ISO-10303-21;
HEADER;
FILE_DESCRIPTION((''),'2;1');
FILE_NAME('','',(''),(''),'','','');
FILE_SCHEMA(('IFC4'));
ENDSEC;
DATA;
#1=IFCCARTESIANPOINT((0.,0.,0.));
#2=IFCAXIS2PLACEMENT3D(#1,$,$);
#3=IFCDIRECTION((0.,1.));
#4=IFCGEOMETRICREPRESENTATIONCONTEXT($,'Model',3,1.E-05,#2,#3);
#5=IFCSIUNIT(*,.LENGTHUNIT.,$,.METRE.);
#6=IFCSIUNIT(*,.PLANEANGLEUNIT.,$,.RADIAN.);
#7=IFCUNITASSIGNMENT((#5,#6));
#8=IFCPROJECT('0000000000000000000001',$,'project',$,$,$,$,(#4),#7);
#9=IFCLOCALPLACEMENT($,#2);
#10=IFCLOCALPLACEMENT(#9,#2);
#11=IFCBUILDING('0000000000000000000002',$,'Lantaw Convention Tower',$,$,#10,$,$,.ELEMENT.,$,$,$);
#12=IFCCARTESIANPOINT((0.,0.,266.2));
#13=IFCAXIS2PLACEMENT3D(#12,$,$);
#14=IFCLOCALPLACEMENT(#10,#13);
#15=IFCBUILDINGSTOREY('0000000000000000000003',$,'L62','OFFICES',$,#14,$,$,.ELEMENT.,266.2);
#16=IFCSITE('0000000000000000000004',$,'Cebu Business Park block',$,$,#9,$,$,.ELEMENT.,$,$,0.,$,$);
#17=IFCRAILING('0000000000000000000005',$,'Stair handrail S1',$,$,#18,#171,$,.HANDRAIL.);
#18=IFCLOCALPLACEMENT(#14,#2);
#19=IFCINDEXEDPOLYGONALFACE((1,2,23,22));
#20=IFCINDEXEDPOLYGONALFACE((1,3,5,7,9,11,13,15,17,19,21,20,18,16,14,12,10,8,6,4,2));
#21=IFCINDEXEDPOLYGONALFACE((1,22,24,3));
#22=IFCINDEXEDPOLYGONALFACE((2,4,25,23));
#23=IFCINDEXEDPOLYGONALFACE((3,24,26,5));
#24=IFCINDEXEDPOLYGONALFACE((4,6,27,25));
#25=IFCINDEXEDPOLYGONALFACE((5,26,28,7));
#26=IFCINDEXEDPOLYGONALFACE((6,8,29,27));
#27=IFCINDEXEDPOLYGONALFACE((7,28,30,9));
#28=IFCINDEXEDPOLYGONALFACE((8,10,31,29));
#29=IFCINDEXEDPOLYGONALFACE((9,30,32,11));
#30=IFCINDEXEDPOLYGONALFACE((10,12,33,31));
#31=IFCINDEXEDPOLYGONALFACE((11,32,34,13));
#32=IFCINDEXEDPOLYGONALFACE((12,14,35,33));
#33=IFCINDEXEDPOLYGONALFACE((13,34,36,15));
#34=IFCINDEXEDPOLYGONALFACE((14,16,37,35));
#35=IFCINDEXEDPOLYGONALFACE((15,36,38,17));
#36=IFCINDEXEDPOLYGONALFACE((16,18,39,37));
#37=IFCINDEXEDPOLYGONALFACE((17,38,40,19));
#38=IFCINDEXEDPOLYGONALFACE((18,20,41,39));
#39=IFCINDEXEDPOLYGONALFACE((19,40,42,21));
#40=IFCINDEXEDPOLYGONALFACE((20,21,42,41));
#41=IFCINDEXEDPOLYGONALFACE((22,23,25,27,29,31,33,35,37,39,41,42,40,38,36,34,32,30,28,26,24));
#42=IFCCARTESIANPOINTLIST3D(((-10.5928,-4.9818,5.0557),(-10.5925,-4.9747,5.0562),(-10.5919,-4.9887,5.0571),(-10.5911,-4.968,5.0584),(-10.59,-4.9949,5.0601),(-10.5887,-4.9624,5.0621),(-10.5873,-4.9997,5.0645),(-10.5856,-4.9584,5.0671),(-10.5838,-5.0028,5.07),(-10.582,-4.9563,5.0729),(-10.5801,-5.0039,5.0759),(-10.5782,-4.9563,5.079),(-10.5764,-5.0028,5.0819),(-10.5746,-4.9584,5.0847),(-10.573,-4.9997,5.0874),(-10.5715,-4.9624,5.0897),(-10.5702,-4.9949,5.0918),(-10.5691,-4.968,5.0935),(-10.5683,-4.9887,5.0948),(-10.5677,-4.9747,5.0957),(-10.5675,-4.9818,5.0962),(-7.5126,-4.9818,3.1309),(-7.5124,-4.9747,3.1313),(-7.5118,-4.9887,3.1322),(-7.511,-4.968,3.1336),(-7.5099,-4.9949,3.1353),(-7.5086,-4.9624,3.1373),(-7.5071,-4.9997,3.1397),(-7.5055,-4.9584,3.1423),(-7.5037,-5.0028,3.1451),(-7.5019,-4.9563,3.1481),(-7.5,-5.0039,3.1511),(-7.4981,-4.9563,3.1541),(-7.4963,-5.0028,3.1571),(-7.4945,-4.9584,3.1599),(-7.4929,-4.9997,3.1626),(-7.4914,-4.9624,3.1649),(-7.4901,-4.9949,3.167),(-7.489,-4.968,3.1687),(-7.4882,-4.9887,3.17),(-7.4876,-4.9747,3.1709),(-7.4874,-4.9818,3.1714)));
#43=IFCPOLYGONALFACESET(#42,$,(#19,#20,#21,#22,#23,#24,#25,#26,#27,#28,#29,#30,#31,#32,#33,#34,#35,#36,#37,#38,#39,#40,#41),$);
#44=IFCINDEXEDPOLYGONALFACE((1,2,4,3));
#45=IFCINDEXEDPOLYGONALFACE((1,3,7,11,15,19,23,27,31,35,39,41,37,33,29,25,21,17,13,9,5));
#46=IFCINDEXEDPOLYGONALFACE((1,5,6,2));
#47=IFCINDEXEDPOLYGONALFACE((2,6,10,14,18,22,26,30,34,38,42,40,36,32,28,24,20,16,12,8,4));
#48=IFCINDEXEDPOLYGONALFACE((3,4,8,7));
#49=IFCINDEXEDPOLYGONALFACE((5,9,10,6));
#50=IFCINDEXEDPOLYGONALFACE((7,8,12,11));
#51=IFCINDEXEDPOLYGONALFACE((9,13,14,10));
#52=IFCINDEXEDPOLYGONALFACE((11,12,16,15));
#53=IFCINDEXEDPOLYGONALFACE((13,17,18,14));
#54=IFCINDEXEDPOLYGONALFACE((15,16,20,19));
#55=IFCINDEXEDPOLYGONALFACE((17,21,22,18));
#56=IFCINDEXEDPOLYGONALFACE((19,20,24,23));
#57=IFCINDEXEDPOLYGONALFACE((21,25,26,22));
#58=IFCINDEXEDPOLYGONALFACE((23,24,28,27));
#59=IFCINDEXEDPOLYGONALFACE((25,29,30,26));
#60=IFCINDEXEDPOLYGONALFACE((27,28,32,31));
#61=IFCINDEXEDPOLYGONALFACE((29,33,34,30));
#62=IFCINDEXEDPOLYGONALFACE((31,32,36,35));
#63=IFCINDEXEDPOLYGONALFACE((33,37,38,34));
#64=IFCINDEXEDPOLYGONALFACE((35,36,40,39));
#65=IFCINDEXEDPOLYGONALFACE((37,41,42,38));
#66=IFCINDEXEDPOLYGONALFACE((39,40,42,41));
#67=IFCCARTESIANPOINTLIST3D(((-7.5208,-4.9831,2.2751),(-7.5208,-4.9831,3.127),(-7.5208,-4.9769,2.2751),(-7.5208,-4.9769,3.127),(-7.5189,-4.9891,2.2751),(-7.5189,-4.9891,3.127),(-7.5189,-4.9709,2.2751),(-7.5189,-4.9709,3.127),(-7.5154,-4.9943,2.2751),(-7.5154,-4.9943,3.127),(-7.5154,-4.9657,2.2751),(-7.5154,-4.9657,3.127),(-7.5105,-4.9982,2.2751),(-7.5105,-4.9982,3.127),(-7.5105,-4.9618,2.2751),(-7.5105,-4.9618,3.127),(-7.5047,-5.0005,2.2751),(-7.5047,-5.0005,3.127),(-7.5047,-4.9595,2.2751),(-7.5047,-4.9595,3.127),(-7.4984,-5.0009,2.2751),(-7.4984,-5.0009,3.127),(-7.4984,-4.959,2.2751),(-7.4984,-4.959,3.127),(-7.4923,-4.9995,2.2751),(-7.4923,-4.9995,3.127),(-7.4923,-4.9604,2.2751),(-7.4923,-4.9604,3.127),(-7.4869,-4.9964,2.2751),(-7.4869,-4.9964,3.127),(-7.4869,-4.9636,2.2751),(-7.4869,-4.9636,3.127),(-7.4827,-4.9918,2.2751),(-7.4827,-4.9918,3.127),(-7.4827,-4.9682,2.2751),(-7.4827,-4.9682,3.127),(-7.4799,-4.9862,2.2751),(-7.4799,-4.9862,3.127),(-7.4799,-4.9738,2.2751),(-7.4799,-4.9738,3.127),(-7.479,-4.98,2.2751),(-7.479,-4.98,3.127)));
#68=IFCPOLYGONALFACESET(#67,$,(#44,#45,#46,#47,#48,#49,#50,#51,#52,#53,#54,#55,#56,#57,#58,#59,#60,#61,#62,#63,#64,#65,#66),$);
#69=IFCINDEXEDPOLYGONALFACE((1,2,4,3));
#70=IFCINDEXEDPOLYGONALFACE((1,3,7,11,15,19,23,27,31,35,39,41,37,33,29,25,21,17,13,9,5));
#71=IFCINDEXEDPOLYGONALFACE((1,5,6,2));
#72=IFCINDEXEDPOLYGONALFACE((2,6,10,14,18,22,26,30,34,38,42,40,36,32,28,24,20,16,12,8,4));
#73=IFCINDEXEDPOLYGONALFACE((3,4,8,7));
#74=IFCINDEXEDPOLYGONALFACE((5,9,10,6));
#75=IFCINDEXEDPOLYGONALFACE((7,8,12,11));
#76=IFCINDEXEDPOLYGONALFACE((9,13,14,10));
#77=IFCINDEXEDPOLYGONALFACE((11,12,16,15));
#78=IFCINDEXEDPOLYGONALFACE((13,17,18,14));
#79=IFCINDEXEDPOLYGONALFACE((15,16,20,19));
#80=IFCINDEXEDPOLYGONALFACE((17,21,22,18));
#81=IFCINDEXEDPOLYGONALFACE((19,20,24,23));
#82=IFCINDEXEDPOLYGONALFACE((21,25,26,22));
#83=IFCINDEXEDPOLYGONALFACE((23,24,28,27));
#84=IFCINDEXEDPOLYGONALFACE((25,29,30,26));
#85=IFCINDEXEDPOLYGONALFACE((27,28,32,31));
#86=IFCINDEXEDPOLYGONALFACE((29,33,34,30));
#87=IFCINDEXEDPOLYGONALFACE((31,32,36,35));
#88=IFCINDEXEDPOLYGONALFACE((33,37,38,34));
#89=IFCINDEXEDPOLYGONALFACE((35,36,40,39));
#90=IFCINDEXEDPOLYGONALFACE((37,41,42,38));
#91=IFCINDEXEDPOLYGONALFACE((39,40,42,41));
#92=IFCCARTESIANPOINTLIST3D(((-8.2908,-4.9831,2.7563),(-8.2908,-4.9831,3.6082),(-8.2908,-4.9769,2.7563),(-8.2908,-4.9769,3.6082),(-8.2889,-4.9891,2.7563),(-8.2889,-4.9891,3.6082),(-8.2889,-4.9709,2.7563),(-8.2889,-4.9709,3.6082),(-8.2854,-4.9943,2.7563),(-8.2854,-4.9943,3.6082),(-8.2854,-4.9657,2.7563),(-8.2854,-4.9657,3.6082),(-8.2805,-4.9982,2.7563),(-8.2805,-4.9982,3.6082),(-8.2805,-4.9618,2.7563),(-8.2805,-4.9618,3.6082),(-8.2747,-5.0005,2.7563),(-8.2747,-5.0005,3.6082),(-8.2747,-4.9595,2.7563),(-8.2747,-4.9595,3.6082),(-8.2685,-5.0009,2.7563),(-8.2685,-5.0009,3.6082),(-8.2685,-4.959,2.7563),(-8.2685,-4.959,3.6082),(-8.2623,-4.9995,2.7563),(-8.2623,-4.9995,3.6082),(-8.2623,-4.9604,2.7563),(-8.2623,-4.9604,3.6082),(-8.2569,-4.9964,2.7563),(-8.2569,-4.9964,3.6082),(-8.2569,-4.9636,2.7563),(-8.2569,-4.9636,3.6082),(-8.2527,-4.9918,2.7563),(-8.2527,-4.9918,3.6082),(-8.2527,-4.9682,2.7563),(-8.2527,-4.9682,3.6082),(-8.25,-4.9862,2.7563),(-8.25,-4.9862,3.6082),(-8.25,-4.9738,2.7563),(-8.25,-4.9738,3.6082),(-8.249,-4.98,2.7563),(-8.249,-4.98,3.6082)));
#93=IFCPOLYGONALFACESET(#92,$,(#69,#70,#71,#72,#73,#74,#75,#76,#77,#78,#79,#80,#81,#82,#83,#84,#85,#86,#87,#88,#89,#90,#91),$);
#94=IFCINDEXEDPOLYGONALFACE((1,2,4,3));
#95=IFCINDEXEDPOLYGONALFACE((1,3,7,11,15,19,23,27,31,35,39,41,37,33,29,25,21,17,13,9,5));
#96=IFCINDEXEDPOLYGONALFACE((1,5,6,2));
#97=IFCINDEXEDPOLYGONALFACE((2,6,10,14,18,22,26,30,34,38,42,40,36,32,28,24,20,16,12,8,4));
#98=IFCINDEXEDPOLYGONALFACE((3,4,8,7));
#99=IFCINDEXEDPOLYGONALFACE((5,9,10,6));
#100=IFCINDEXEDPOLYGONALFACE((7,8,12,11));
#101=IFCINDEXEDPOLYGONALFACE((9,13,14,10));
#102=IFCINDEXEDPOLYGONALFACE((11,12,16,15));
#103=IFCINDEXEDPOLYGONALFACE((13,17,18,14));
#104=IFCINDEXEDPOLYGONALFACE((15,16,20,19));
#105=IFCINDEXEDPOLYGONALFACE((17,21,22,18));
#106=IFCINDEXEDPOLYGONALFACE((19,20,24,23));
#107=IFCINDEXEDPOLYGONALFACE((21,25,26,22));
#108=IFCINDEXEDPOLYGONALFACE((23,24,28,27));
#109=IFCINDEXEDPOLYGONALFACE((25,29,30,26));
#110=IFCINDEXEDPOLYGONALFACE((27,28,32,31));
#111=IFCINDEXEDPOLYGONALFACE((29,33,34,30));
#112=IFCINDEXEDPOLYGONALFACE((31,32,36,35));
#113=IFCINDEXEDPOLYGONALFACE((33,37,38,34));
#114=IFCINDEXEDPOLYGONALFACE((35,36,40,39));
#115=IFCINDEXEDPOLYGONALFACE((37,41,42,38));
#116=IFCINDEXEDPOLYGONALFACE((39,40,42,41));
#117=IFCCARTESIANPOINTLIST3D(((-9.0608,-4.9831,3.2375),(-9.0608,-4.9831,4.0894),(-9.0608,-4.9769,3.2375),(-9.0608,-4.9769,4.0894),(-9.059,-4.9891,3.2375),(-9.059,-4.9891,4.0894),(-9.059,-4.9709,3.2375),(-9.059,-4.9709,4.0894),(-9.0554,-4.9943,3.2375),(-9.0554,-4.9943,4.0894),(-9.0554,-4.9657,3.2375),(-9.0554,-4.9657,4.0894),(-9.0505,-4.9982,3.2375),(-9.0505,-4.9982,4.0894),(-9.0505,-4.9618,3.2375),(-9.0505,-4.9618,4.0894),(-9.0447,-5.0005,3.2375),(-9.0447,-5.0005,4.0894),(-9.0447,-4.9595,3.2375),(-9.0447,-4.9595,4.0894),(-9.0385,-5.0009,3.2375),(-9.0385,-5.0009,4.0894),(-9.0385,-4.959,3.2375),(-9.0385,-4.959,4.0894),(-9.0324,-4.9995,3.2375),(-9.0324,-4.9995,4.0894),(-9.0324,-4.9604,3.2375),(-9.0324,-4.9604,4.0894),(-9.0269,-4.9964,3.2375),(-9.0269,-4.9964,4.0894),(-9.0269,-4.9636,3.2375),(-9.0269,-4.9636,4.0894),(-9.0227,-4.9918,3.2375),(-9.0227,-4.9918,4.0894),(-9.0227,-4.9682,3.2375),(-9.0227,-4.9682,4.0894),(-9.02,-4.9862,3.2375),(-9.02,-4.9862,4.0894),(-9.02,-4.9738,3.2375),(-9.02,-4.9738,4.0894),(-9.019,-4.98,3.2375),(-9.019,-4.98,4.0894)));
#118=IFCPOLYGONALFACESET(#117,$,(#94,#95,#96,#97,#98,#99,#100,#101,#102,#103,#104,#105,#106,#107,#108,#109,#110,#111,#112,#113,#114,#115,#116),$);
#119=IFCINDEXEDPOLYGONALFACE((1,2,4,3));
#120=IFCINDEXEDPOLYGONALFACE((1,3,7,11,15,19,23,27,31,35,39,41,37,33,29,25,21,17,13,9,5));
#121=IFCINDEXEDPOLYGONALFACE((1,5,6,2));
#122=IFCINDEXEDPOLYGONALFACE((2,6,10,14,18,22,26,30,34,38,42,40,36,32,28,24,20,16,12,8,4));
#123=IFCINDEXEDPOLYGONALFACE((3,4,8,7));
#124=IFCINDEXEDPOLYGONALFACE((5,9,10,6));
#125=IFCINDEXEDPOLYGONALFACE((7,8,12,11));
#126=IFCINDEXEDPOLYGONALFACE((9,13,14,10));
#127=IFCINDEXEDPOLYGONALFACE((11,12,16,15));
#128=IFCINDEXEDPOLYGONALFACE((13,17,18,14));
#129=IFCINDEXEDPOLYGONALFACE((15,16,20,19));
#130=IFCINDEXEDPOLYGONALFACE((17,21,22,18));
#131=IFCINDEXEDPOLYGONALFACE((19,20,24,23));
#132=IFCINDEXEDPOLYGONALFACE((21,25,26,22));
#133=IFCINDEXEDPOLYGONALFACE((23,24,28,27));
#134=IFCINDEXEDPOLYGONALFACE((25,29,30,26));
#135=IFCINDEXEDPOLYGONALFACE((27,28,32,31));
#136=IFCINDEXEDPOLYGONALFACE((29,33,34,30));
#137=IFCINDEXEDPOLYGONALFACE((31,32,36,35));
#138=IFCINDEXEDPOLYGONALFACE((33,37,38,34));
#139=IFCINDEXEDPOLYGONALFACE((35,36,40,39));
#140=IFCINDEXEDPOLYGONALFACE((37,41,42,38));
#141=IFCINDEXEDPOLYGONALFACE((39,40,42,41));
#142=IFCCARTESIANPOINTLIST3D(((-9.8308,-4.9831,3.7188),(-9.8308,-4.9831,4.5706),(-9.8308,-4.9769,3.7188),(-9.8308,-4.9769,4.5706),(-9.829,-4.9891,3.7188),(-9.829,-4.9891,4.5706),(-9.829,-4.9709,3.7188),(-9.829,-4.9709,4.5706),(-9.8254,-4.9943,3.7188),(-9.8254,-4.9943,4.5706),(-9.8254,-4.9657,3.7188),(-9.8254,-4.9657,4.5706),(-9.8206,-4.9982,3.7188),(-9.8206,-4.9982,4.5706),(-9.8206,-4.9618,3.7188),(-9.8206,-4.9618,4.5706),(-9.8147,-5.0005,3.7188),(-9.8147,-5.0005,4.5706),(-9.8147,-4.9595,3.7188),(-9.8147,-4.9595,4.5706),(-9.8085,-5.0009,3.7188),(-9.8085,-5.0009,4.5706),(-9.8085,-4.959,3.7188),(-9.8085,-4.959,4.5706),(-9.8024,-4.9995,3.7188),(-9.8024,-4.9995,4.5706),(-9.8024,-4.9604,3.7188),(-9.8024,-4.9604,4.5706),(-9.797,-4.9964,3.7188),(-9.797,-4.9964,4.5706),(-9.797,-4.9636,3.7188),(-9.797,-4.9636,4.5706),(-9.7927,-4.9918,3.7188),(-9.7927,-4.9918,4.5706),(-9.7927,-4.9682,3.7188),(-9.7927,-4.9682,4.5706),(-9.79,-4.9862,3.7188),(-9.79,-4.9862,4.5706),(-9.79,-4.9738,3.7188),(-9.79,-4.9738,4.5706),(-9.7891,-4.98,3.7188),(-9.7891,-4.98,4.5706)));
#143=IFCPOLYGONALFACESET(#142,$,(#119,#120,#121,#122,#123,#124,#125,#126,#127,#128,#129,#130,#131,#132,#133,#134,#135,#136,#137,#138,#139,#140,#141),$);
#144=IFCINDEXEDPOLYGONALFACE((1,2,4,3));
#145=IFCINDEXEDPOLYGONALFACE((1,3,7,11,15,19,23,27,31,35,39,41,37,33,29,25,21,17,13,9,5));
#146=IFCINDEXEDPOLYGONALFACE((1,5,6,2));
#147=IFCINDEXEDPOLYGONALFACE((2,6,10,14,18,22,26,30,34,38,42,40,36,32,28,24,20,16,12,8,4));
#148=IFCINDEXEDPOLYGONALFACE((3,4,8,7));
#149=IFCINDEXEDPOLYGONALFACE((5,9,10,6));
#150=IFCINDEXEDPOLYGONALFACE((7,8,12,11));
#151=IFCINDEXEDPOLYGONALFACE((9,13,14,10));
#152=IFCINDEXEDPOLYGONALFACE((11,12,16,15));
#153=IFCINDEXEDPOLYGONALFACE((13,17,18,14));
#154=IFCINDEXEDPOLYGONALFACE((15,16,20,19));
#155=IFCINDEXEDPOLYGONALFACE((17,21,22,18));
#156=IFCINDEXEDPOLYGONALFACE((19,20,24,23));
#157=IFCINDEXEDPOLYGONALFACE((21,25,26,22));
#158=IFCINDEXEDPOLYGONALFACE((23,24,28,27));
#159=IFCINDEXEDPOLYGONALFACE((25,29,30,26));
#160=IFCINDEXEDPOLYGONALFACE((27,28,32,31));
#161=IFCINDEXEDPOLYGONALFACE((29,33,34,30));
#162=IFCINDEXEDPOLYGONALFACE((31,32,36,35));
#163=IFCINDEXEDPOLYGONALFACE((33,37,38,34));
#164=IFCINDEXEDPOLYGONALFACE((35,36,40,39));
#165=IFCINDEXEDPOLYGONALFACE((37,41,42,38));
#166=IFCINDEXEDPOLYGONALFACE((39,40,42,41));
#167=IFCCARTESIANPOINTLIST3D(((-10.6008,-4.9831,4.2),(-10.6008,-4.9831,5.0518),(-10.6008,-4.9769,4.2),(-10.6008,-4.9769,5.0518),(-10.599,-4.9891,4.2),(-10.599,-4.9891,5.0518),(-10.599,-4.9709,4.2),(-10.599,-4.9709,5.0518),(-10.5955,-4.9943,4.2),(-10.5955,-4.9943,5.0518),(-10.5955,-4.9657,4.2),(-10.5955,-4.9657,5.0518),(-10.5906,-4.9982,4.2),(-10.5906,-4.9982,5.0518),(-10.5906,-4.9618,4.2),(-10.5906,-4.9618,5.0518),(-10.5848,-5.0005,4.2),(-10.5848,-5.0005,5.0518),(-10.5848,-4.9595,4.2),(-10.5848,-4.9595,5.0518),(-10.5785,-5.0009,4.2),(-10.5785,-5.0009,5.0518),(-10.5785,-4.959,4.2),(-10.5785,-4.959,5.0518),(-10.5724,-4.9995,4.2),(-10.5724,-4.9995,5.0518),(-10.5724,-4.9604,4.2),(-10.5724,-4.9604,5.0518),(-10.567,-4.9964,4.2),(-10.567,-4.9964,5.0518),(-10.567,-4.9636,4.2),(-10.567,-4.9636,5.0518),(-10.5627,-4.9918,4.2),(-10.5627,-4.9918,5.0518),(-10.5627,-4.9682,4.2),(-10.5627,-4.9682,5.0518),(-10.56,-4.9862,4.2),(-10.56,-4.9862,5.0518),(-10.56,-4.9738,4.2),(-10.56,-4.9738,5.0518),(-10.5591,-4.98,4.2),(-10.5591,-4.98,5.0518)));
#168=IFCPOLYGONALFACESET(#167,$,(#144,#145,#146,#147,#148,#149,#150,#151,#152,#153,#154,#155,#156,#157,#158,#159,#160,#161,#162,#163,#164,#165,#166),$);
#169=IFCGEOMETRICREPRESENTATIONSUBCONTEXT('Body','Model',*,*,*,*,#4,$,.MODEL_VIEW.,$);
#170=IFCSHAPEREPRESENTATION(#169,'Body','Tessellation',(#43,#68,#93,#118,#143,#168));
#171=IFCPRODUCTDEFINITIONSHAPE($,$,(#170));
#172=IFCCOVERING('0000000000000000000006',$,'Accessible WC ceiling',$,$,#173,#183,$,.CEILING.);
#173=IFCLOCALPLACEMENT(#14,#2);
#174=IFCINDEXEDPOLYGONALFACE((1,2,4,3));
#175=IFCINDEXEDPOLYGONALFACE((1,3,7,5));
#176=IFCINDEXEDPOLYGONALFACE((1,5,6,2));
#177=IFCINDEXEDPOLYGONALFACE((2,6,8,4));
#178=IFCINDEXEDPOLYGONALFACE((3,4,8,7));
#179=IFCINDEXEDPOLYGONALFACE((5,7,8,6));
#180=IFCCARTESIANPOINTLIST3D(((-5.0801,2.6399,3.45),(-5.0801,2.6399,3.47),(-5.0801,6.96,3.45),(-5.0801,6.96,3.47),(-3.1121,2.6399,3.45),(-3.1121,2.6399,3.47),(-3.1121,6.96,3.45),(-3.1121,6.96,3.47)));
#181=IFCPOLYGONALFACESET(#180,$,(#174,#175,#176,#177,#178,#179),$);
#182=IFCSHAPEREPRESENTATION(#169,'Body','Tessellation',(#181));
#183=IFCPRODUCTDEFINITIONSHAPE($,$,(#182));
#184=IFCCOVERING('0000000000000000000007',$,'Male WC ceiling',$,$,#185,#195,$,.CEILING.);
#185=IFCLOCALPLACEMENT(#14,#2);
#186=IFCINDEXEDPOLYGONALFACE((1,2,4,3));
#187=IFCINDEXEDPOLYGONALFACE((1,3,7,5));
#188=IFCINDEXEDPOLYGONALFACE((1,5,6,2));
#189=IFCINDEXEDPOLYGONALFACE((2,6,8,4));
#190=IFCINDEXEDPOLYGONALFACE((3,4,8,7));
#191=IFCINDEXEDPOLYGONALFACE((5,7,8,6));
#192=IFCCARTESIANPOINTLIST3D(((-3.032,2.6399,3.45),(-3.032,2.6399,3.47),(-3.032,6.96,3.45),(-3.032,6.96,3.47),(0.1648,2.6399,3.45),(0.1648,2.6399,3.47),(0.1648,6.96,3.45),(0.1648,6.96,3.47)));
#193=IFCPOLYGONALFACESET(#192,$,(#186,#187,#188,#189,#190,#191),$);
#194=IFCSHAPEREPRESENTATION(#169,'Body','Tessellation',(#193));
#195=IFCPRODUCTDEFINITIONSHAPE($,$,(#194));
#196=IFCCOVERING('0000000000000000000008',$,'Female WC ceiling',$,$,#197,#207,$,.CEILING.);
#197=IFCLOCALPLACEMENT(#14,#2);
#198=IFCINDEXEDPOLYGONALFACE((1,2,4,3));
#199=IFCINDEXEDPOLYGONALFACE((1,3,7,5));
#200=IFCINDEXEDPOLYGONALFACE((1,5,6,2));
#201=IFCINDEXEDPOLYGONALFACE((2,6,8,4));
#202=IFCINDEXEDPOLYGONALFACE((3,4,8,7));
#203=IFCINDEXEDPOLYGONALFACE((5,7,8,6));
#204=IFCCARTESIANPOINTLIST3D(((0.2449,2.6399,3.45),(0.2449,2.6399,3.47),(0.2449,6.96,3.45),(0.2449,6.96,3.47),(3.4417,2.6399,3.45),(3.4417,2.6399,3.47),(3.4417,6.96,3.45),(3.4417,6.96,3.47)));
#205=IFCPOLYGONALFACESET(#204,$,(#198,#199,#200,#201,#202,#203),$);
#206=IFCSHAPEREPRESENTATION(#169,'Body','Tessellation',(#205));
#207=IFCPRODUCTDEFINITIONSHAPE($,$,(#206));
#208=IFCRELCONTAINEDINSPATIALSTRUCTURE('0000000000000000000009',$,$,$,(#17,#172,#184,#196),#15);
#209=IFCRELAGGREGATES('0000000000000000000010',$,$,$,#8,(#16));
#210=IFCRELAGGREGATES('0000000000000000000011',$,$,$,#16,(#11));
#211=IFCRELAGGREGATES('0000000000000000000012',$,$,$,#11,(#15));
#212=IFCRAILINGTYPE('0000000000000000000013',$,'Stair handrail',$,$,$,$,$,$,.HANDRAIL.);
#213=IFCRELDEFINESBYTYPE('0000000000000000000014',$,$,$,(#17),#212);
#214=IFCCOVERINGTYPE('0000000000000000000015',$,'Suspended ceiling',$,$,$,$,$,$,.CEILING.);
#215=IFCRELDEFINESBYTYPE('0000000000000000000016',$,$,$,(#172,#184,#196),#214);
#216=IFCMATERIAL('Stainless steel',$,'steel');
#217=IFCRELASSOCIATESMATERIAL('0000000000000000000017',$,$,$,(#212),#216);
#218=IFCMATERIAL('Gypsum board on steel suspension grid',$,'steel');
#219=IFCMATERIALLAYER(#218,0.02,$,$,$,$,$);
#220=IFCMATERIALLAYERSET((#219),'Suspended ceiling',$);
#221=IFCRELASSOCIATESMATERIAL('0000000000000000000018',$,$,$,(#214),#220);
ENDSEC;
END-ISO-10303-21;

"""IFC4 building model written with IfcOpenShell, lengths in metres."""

from ifc_helpers import new_model, si_unit, direction, frame, origin, origin_2d, place, context, subcontext, project, spatial, polyline, circle, outline, extrude, material, layer, layer_set, type_object, element, save


model = new_model("IFC4")

# Units and contexts
model_context = context("Model", 3, precision=1e-05, world=origin(), true_north=direction((0.0, 1.0)))
body_context = subcontext(model_context, "Body", "Model", "MODEL_VIEW")
ifc_project = project(units=[si_unit("LENGTHUNIT", "METRE"), si_unit("PLANEANGLEUNIT", "RADIAN")], contexts=[model_context])

# Site, building, storey
site_placement = place(None, origin())
site = spatial("IfcSite", under=ifc_project, at=site_placement, Name="Cebu Business Park block", CompositionType="ELEMENT", RefElevation=0.0)
building_placement = place(site_placement, origin())
building = spatial("IfcBuilding", under=site, at=building_placement, Name="Lantaw Convention Tower", CompositionType="ELEMENT")
storey_placement = place(building_placement, frame((0.0, 0.0, 266.2)))
storey = spatial("IfcBuildingStorey", under=building, at=storey_placement, Name="L62", Description="OFFICES", CompositionType="ELEMENT", Elevation=266.2)

# Shared definitions
ifc_material_1 = material(Name="Stainless steel", Category="steel")

# Railing
railing_type = type_object("IfcRailingType", Name="Stair handrail", PredefinedType="HANDRAIL", material=ifc_material_1)
railing_1_placement = place(storey_placement, frame((-7.5, -4.98, 2.2751)))
element("IfcRailing", 1, at=railing_1_placement, inside=storey, type_object=railing_type, Name="Stair handrail S1", PredefinedType="HANDRAIL", context=body_context, shape_type="SweptSolid", body=[
    extrude(circle(Radius=0.0239, at=origin_2d()), frame((0.0, 0.0, 0.876), z_axis=(-0.848029, 0.0, 0.529951), x_axis=(0.0, -1.0, 0.0)), (0.0, 0.0, 1.0), 3.6321),
    extrude(circle(Radius=0.021, at=origin_2d()), origin(), (0.0, 0.0, 1.0), 0.8518),
    extrude(circle(Radius=0.021, at=origin_2d()), frame((-0.77, 0.0, 0.4812)), (0.0, 0.0, 1.0), 0.8518),
    extrude(circle(Radius=0.021, at=origin_2d()), frame((-1.54, 0.0, 0.9624)), (0.0, 0.0, 1.0), 0.8518),
    extrude(circle(Radius=0.021, at=origin_2d()), frame((-2.3101, 0.0, 1.4436)), (0.0, 0.0, 1.0), 0.8518),
    extrude(circle(Radius=0.021, at=origin_2d()), frame((-3.0801, 0.0, 1.9248)), (0.0, 0.0, 1.0), 0.8518),
])

# Coverings
ifc_material_2 = material(Name="Gypsum board on steel suspension grid", Category="steel")
ifc_layer_1 = layer(ifc_material_2, 0.02)
ifc_layer_set_1 = layer_set([ifc_layer_1], Name="Suspended ceiling")
covering_type = type_object("IfcCoveringType", Name="Suspended ceiling", PredefinedType="CEILING", material=ifc_layer_set_1)
covering_1_placement = place(storey_placement, frame((0.0, 0.0, 3.45)))
element("IfcCovering", 2, at=covering_1_placement, inside=storey, type_object=covering_type, Name="Accessible WC ceiling", PredefinedType="CEILING", context=body_context, shape_type="SweptSolid", body=[
    extrude(outline(polyline([(-5.0801, 2.6399), (-3.1121, 2.6399), (-3.1121, 6.96), (-5.0801, 6.96), (-5.0801, 2.6399)])), origin(), (0.0, 0.0, 1.0), 0.02),
])
covering_2_placement = place(storey_placement, frame((0.0, 0.0, 3.45)))
element("IfcCovering", 3, at=covering_2_placement, inside=storey, type_object=covering_type, Name="Male WC ceiling", PredefinedType="CEILING", context=body_context, shape_type="SweptSolid", body=[
    extrude(outline(polyline([(-3.032, 2.6399), (0.1648, 2.6399), (0.1648, 6.96), (-3.032, 6.96), (-3.032, 2.6399)])), origin(), (0.0, 0.0, 1.0), 0.02),
])
covering_3_placement = place(storey_placement, frame((0.0, 0.0, 3.45)))
element("IfcCovering", 4, at=covering_3_placement, inside=storey, type_object=covering_type, Name="Female WC ceiling", PredefinedType="CEILING", context=body_context, shape_type="SweptSolid", body=[
    extrude(outline(polyline([(0.2449, 2.6399), (3.4417, 2.6399), (3.4417, 6.96), (0.2449, 6.96), (0.2449, 2.6399)])), origin(), (0.0, 0.0, 1.0), 0.02),
])

save(model, "model.ifc")
